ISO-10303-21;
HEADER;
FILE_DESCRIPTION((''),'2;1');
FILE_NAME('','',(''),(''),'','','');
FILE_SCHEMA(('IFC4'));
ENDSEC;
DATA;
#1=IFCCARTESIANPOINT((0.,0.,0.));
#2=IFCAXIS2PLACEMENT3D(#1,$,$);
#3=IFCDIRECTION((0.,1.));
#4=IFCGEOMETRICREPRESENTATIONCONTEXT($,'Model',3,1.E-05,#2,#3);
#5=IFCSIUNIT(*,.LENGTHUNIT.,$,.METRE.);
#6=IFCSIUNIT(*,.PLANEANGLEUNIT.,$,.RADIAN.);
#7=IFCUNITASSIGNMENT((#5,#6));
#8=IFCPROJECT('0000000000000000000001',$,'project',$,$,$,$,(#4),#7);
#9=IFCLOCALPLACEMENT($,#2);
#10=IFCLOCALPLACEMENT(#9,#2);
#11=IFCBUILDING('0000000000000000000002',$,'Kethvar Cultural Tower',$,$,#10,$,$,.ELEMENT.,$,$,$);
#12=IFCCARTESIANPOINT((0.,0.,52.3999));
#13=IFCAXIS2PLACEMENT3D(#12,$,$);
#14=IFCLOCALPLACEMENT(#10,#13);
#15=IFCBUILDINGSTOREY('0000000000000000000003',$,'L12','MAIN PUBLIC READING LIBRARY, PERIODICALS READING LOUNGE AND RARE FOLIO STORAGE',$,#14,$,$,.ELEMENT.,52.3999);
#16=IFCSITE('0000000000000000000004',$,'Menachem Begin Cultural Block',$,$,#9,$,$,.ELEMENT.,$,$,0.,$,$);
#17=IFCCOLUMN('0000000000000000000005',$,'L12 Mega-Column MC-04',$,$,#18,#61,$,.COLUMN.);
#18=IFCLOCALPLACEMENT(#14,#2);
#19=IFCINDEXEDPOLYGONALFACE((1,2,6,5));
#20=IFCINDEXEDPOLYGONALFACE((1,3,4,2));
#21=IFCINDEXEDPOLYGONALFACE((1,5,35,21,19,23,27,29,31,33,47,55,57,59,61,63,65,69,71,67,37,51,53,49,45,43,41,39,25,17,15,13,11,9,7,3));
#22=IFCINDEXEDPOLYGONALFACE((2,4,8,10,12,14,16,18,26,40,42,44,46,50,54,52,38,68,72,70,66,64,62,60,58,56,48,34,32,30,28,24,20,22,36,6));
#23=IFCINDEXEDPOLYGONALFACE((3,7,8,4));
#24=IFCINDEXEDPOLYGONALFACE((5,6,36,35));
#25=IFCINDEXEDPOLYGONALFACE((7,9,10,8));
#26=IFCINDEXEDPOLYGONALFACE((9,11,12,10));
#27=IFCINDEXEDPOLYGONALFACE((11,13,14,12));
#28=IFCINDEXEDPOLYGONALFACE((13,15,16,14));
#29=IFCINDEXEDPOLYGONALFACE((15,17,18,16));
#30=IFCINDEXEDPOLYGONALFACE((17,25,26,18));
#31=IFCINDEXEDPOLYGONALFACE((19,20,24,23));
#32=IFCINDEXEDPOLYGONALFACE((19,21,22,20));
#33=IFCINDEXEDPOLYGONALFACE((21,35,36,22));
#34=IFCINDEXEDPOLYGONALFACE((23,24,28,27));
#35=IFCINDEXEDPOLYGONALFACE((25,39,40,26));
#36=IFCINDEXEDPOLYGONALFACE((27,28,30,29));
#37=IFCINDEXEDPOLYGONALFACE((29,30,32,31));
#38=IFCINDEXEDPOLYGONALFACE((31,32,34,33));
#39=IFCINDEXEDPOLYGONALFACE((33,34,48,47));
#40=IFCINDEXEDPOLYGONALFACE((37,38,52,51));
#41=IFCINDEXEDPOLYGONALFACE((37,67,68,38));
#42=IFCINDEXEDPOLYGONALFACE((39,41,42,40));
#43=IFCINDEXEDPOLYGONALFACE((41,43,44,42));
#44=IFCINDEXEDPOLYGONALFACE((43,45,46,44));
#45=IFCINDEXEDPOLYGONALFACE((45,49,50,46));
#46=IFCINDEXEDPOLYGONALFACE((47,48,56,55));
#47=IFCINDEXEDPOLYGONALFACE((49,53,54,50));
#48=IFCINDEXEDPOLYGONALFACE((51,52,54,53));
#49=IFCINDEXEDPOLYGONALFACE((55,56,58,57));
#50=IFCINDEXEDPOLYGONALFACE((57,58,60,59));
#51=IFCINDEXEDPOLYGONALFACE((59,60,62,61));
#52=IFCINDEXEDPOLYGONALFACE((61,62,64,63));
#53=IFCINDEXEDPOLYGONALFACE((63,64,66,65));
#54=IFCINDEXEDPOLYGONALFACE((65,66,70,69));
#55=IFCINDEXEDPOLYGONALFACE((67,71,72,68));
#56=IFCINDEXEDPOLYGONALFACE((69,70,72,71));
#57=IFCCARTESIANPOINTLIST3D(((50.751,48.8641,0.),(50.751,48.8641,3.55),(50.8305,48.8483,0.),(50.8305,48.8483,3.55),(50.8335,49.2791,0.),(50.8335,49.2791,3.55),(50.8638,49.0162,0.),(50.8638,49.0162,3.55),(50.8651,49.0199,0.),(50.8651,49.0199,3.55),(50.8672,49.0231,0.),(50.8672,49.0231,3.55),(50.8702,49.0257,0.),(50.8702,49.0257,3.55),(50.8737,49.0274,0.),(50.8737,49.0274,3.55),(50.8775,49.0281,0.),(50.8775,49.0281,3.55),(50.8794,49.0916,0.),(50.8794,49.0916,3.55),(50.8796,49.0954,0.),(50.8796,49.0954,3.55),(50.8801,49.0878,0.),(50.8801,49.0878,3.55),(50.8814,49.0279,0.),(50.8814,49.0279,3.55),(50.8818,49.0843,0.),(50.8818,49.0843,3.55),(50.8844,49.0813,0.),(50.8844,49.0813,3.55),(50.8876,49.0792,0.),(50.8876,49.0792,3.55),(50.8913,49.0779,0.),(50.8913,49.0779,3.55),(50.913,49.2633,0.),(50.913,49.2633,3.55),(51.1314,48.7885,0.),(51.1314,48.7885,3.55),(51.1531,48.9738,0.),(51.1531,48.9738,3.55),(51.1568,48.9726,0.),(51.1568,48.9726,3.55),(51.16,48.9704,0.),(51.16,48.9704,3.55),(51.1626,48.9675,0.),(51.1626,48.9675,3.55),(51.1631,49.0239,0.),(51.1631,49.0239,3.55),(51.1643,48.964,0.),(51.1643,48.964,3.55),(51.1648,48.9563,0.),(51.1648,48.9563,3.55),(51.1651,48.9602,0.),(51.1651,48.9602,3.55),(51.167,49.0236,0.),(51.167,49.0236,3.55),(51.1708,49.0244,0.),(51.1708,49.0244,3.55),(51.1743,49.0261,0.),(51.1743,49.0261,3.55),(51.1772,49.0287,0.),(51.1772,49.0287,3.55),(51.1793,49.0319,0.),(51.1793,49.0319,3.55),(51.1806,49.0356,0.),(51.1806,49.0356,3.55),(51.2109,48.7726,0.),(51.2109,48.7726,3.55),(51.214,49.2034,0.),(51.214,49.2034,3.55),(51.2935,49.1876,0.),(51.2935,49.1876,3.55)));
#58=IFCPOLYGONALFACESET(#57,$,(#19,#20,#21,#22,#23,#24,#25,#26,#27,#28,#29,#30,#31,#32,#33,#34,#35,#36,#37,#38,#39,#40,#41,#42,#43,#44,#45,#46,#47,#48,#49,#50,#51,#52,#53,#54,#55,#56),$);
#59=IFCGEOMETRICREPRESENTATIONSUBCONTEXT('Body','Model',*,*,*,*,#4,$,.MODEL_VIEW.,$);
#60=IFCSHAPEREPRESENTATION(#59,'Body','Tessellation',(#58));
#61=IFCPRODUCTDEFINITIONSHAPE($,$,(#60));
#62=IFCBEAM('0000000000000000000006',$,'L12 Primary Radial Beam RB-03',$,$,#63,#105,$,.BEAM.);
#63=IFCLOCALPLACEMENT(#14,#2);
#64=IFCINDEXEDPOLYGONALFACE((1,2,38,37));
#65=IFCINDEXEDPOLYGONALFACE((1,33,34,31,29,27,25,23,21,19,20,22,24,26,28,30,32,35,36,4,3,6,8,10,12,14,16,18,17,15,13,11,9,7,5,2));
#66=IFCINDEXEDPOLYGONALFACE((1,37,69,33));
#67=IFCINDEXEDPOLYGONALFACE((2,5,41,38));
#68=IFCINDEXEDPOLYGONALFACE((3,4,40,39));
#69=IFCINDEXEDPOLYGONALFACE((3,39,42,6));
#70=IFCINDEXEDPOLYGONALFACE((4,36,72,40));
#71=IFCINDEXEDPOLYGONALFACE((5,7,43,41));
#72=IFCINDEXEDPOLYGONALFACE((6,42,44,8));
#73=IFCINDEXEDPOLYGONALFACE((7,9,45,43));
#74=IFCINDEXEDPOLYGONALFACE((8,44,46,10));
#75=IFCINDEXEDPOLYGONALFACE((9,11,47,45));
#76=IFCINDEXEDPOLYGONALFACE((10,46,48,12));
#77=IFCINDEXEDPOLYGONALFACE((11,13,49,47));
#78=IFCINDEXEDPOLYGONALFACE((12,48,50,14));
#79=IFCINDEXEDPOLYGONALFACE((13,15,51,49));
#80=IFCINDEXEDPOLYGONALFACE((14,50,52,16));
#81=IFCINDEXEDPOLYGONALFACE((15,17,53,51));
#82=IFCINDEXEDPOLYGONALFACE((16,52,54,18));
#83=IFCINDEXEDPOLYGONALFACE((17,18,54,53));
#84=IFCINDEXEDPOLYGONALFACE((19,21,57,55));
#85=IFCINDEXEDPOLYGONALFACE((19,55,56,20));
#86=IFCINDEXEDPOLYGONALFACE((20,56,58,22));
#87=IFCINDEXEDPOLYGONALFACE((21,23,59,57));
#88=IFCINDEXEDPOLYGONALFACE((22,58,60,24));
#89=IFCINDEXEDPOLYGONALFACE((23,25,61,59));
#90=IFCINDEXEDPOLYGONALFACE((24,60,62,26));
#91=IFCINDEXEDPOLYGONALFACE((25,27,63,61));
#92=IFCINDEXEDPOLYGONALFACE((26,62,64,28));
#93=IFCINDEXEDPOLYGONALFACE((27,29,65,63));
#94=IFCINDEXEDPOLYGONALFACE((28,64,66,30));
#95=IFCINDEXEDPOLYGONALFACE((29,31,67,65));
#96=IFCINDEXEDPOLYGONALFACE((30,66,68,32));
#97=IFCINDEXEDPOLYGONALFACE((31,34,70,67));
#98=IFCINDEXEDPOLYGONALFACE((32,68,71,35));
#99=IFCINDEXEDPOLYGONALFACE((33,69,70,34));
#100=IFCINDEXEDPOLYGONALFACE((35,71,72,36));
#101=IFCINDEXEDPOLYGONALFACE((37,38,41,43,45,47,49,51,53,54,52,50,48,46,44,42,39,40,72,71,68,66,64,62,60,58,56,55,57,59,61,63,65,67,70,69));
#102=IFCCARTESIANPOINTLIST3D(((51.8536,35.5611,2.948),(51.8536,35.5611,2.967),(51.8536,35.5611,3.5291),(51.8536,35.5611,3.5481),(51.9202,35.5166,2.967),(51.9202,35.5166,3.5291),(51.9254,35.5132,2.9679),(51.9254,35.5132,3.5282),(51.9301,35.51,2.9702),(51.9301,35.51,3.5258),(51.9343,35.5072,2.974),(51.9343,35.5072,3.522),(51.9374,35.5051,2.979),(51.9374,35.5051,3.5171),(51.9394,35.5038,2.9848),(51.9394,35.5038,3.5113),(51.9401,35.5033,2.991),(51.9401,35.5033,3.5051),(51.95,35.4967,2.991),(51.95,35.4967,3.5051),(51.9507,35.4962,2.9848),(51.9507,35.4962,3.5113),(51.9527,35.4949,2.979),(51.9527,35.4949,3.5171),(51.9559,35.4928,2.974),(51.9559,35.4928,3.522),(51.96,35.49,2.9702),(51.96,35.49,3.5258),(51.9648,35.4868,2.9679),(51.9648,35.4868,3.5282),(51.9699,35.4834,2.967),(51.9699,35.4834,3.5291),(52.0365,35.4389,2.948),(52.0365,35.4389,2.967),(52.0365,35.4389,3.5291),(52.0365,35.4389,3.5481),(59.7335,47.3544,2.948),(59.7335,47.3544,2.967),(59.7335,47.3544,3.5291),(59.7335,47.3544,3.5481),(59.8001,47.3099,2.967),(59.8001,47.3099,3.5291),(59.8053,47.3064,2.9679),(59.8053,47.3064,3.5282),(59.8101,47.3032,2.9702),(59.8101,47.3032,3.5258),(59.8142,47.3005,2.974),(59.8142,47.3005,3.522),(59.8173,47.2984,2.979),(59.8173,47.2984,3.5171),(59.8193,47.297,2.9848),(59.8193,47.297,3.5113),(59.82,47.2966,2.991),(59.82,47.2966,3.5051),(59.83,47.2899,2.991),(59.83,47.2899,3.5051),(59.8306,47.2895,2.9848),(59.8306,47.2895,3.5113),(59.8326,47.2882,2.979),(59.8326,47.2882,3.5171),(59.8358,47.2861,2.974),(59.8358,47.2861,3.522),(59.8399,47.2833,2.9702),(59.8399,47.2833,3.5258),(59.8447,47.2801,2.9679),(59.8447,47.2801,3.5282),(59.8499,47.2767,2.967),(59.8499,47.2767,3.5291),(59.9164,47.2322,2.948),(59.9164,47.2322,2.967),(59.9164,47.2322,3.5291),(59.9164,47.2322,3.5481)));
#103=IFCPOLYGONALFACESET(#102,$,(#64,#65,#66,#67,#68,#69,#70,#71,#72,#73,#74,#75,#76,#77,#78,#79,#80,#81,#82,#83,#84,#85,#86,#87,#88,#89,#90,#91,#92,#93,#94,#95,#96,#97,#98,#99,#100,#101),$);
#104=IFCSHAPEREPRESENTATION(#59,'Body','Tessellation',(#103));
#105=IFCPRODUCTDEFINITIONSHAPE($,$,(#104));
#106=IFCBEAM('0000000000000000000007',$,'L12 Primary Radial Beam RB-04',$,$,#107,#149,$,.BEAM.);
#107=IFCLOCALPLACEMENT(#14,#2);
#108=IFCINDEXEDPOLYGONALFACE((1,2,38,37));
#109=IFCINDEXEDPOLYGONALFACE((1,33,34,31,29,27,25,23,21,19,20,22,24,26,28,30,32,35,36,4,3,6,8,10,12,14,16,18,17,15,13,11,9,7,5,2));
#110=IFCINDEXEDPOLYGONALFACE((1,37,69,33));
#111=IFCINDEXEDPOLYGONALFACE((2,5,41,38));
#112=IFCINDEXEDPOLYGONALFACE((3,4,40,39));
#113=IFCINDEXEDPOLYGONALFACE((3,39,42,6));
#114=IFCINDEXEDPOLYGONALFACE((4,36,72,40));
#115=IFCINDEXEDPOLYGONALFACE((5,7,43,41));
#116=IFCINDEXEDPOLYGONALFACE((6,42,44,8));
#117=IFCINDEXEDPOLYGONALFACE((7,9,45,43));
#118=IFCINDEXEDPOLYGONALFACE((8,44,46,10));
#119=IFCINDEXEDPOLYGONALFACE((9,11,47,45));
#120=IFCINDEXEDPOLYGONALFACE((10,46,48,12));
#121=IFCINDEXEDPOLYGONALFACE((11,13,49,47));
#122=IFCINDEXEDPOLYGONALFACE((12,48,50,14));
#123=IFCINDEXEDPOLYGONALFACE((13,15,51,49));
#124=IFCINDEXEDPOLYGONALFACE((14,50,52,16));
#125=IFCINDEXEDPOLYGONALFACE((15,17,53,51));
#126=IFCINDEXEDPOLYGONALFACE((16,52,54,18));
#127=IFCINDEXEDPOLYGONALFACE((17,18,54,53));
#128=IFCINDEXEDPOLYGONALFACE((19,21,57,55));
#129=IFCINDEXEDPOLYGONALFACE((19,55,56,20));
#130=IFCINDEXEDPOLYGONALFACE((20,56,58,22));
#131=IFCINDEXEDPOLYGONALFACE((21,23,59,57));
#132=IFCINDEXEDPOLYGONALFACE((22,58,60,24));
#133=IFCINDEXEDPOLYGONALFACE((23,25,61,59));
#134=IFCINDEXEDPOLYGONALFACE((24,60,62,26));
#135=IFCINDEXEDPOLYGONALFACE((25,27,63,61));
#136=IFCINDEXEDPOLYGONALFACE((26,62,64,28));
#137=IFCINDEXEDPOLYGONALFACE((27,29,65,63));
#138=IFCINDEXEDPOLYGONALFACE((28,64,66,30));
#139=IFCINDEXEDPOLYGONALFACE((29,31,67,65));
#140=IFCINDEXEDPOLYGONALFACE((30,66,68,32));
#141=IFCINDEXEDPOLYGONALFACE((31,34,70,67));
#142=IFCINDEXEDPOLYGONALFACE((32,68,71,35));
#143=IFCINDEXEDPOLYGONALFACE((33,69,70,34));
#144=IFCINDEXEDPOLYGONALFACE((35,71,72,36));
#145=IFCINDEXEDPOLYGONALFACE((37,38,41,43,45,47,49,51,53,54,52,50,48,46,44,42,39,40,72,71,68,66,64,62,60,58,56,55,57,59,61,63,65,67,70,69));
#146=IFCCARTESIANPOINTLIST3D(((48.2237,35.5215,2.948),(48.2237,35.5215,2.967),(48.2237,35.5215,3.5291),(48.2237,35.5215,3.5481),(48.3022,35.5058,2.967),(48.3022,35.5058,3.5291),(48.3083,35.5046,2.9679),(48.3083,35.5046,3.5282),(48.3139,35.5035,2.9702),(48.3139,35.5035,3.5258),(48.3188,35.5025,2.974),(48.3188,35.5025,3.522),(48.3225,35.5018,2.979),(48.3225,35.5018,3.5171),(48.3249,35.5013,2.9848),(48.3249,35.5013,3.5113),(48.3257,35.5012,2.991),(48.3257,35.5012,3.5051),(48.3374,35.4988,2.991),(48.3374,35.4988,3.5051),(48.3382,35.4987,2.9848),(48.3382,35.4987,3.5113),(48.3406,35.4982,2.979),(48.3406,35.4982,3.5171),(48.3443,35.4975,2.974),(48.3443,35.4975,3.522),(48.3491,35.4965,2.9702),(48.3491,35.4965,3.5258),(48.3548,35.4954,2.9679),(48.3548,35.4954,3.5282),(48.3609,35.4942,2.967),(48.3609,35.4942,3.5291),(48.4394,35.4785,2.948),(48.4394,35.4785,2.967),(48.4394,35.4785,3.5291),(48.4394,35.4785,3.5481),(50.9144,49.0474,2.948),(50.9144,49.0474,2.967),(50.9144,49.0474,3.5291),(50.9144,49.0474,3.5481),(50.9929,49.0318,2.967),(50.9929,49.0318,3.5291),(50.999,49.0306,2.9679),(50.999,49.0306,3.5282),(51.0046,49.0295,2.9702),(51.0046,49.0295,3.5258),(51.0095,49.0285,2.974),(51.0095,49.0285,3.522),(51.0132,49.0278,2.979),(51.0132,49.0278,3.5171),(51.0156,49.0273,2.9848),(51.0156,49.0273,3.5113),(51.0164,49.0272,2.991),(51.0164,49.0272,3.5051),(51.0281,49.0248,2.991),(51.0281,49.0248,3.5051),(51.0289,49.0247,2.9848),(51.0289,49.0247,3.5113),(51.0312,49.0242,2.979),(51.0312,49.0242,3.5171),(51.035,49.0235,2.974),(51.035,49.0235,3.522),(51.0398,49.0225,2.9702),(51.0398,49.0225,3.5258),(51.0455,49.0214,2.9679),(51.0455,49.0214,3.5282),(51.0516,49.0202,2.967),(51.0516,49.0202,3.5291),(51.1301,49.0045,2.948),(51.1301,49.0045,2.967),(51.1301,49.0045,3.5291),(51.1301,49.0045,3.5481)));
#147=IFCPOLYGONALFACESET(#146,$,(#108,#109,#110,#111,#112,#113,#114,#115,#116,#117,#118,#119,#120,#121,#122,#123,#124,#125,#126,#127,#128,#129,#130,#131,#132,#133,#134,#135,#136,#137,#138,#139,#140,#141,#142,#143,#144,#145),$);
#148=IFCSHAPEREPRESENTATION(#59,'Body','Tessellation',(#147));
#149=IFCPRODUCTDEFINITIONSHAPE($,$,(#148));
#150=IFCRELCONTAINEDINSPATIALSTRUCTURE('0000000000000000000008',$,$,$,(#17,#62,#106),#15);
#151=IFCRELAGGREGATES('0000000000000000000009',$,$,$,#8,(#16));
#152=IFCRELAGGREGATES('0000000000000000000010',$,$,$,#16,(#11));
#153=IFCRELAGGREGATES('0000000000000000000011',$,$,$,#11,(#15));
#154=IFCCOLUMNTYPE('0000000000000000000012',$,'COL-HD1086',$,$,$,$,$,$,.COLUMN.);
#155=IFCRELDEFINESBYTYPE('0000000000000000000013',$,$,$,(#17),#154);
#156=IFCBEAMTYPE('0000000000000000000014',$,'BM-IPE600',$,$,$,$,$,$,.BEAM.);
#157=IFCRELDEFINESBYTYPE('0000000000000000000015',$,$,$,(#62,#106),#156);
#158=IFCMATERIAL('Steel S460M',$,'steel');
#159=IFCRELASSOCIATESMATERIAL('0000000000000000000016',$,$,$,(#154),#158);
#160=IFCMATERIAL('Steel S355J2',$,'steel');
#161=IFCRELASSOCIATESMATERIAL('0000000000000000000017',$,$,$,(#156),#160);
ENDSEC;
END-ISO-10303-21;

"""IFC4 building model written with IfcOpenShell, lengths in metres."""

from ifc_helpers import new_model, si_unit, direction, frame, origin, origin_2d, place, context, subcontext, project, spatial, i_section, extrude, source, transform, mapped, material, material_profile, profile_set, type_object, element, save


model = new_model("IFC4")

# Units and contexts
model_context = context("Model", 3, precision=1e-05, world=origin(), true_north=direction((0.0, 1.0)))
body_context = subcontext(model_context, "Body", "Model", "MODEL_VIEW")
ifc_project = project(units=[si_unit("LENGTHUNIT", "METRE"), si_unit("PLANEANGLEUNIT", "RADIAN")], contexts=[model_context])

# Site, building, storey
site_placement = place(None, origin())
site = spatial("IfcSite", under=ifc_project, at=site_placement, Name="Menachem Begin Cultural Block", CompositionType="ELEMENT", RefElevation=0.0)
building_placement = place(site_placement, origin())
building = spatial("IfcBuilding", under=site, at=building_placement, Name="Kethvar Cultural Tower", CompositionType="ELEMENT")
storey_placement = place(building_placement, frame((0.0, 0.0, 52.3999)))
storey = spatial("IfcBuildingStorey", under=building, at=storey_placement, Name="L12", Description="MAIN PUBLIC READING LIBRARY, PERIODICALS READING LOUNGE AND RARE FOLIO STORAGE", CompositionType="ELEMENT", Elevation=52.3999)

# Column
ifc_material_1 = material(Name="Steel S460M", Category="steel")
ifc_material_profile_1 = material_profile(ifc_material_1, i_section(OverallWidth=0.4231, OverallDepth=0.469, WebThickness=0.051, FlangeThickness=0.0811, FilletRadius=0.0149, at=origin_2d()), Name="Steel S460M — HD400x1086")
ifc_profile_set_1 = profile_set([ifc_material_profile_1], Name="Steel S460M — HD400x1086")
column_type = type_object("IfcColumnType", Name="COL-HD1086", PredefinedType="COLUMN", material=ifc_profile_set_1)
shared_shape_1 = source(origin(), body_context, "Body", "SweptSolid", [
    extrude(i_section(OverallWidth=0.4231, OverallDepth=0.469, WebThickness=0.051, FlangeThickness=0.0811, FilletRadius=0.0149, at=origin_2d()), origin(), (0.0, 0.0, 1.0), 3.55),
])
column_placement = place(storey_placement, frame((51.0222, 49.0259, 0.0), z_axis=(0.0, 0.0, 1.0), x_axis=(0.19509, 0.980785, 0.0)))
element("IfcColumn", 1, at=column_placement, inside=storey, type_object=column_type, Name="L12 Mega-Column MC-04", PredefinedType="COLUMN", context=body_context, shape_type="MappedRepresentation", body=[
    mapped(shared_shape_1, transform((0.0, 0.0, 0.0), scale=1.0)),
])

# Beams
ifc_material_2 = material(Name="Steel S355J2", Category="steel")
ifc_material_profile_2 = material_profile(ifc_material_2, i_section(OverallWidth=0.22, OverallDepth=0.6001, WebThickness=0.012, FlangeThickness=0.019, FilletRadius=0.0239, at=origin_2d()), Name="Steel S355J2 — IPE600")
ifc_profile_set_2 = profile_set([ifc_material_profile_2], Name="Steel S355J2 — IPE600")
beam_type_1 = type_object("IfcBeamType", Name="BM-IPE600", PredefinedType="BEAM", material=ifc_profile_set_2)
shared_shape_2 = source(origin(), body_context, "Body", "SweptSolid", [
    extrude(i_section(OverallWidth=0.22, OverallDepth=0.6001, WebThickness=0.012, FlangeThickness=0.019, FilletRadius=0.0239, at=origin_2d()), origin(), (0.0, 0.0, 1.0), 14.1836),
])
beam_1_placement = place(storey_placement, frame((51.9451, 35.5, 3.248), z_axis=(0.555566, 0.831473, 0.0), x_axis=(-0.831473, 0.555566, 0.0)))
element("IfcBeam", 2, at=beam_1_placement, inside=storey, type_object=beam_type_1, Name="L12 Primary Radial Beam RB-03", PredefinedType="BEAM", context=body_context, shape_type="MappedRepresentation", body=[
    mapped(shared_shape_2, transform((0.0, 0.0, 0.0), scale=1.0)),
])
shared_shape_3 = source(origin(), body_context, "Body", "SweptSolid", [
    extrude(i_section(OverallWidth=0.22, OverallDepth=0.6001, WebThickness=0.012, FlangeThickness=0.019, FilletRadius=0.0239, at=origin_2d()), origin(), (0.0, 0.0, 1.0), 13.791),
])
beam_2_placement = place(storey_placement, frame((48.3315, 35.5, 3.248), z_axis=(0.195105, 0.980782, 0.0), x_axis=(-0.980782, 0.195105, 0.0)))
element("IfcBeam", 3, at=beam_2_placement, inside=storey, type_object=beam_type_1, Name="L12 Primary Radial Beam RB-04", PredefinedType="BEAM", context=body_context, shape_type="MappedRepresentation", body=[
    mapped(shared_shape_3, transform((0.0, 0.0, 0.0), scale=1.0)),
])

save(model, "model.ifc")
